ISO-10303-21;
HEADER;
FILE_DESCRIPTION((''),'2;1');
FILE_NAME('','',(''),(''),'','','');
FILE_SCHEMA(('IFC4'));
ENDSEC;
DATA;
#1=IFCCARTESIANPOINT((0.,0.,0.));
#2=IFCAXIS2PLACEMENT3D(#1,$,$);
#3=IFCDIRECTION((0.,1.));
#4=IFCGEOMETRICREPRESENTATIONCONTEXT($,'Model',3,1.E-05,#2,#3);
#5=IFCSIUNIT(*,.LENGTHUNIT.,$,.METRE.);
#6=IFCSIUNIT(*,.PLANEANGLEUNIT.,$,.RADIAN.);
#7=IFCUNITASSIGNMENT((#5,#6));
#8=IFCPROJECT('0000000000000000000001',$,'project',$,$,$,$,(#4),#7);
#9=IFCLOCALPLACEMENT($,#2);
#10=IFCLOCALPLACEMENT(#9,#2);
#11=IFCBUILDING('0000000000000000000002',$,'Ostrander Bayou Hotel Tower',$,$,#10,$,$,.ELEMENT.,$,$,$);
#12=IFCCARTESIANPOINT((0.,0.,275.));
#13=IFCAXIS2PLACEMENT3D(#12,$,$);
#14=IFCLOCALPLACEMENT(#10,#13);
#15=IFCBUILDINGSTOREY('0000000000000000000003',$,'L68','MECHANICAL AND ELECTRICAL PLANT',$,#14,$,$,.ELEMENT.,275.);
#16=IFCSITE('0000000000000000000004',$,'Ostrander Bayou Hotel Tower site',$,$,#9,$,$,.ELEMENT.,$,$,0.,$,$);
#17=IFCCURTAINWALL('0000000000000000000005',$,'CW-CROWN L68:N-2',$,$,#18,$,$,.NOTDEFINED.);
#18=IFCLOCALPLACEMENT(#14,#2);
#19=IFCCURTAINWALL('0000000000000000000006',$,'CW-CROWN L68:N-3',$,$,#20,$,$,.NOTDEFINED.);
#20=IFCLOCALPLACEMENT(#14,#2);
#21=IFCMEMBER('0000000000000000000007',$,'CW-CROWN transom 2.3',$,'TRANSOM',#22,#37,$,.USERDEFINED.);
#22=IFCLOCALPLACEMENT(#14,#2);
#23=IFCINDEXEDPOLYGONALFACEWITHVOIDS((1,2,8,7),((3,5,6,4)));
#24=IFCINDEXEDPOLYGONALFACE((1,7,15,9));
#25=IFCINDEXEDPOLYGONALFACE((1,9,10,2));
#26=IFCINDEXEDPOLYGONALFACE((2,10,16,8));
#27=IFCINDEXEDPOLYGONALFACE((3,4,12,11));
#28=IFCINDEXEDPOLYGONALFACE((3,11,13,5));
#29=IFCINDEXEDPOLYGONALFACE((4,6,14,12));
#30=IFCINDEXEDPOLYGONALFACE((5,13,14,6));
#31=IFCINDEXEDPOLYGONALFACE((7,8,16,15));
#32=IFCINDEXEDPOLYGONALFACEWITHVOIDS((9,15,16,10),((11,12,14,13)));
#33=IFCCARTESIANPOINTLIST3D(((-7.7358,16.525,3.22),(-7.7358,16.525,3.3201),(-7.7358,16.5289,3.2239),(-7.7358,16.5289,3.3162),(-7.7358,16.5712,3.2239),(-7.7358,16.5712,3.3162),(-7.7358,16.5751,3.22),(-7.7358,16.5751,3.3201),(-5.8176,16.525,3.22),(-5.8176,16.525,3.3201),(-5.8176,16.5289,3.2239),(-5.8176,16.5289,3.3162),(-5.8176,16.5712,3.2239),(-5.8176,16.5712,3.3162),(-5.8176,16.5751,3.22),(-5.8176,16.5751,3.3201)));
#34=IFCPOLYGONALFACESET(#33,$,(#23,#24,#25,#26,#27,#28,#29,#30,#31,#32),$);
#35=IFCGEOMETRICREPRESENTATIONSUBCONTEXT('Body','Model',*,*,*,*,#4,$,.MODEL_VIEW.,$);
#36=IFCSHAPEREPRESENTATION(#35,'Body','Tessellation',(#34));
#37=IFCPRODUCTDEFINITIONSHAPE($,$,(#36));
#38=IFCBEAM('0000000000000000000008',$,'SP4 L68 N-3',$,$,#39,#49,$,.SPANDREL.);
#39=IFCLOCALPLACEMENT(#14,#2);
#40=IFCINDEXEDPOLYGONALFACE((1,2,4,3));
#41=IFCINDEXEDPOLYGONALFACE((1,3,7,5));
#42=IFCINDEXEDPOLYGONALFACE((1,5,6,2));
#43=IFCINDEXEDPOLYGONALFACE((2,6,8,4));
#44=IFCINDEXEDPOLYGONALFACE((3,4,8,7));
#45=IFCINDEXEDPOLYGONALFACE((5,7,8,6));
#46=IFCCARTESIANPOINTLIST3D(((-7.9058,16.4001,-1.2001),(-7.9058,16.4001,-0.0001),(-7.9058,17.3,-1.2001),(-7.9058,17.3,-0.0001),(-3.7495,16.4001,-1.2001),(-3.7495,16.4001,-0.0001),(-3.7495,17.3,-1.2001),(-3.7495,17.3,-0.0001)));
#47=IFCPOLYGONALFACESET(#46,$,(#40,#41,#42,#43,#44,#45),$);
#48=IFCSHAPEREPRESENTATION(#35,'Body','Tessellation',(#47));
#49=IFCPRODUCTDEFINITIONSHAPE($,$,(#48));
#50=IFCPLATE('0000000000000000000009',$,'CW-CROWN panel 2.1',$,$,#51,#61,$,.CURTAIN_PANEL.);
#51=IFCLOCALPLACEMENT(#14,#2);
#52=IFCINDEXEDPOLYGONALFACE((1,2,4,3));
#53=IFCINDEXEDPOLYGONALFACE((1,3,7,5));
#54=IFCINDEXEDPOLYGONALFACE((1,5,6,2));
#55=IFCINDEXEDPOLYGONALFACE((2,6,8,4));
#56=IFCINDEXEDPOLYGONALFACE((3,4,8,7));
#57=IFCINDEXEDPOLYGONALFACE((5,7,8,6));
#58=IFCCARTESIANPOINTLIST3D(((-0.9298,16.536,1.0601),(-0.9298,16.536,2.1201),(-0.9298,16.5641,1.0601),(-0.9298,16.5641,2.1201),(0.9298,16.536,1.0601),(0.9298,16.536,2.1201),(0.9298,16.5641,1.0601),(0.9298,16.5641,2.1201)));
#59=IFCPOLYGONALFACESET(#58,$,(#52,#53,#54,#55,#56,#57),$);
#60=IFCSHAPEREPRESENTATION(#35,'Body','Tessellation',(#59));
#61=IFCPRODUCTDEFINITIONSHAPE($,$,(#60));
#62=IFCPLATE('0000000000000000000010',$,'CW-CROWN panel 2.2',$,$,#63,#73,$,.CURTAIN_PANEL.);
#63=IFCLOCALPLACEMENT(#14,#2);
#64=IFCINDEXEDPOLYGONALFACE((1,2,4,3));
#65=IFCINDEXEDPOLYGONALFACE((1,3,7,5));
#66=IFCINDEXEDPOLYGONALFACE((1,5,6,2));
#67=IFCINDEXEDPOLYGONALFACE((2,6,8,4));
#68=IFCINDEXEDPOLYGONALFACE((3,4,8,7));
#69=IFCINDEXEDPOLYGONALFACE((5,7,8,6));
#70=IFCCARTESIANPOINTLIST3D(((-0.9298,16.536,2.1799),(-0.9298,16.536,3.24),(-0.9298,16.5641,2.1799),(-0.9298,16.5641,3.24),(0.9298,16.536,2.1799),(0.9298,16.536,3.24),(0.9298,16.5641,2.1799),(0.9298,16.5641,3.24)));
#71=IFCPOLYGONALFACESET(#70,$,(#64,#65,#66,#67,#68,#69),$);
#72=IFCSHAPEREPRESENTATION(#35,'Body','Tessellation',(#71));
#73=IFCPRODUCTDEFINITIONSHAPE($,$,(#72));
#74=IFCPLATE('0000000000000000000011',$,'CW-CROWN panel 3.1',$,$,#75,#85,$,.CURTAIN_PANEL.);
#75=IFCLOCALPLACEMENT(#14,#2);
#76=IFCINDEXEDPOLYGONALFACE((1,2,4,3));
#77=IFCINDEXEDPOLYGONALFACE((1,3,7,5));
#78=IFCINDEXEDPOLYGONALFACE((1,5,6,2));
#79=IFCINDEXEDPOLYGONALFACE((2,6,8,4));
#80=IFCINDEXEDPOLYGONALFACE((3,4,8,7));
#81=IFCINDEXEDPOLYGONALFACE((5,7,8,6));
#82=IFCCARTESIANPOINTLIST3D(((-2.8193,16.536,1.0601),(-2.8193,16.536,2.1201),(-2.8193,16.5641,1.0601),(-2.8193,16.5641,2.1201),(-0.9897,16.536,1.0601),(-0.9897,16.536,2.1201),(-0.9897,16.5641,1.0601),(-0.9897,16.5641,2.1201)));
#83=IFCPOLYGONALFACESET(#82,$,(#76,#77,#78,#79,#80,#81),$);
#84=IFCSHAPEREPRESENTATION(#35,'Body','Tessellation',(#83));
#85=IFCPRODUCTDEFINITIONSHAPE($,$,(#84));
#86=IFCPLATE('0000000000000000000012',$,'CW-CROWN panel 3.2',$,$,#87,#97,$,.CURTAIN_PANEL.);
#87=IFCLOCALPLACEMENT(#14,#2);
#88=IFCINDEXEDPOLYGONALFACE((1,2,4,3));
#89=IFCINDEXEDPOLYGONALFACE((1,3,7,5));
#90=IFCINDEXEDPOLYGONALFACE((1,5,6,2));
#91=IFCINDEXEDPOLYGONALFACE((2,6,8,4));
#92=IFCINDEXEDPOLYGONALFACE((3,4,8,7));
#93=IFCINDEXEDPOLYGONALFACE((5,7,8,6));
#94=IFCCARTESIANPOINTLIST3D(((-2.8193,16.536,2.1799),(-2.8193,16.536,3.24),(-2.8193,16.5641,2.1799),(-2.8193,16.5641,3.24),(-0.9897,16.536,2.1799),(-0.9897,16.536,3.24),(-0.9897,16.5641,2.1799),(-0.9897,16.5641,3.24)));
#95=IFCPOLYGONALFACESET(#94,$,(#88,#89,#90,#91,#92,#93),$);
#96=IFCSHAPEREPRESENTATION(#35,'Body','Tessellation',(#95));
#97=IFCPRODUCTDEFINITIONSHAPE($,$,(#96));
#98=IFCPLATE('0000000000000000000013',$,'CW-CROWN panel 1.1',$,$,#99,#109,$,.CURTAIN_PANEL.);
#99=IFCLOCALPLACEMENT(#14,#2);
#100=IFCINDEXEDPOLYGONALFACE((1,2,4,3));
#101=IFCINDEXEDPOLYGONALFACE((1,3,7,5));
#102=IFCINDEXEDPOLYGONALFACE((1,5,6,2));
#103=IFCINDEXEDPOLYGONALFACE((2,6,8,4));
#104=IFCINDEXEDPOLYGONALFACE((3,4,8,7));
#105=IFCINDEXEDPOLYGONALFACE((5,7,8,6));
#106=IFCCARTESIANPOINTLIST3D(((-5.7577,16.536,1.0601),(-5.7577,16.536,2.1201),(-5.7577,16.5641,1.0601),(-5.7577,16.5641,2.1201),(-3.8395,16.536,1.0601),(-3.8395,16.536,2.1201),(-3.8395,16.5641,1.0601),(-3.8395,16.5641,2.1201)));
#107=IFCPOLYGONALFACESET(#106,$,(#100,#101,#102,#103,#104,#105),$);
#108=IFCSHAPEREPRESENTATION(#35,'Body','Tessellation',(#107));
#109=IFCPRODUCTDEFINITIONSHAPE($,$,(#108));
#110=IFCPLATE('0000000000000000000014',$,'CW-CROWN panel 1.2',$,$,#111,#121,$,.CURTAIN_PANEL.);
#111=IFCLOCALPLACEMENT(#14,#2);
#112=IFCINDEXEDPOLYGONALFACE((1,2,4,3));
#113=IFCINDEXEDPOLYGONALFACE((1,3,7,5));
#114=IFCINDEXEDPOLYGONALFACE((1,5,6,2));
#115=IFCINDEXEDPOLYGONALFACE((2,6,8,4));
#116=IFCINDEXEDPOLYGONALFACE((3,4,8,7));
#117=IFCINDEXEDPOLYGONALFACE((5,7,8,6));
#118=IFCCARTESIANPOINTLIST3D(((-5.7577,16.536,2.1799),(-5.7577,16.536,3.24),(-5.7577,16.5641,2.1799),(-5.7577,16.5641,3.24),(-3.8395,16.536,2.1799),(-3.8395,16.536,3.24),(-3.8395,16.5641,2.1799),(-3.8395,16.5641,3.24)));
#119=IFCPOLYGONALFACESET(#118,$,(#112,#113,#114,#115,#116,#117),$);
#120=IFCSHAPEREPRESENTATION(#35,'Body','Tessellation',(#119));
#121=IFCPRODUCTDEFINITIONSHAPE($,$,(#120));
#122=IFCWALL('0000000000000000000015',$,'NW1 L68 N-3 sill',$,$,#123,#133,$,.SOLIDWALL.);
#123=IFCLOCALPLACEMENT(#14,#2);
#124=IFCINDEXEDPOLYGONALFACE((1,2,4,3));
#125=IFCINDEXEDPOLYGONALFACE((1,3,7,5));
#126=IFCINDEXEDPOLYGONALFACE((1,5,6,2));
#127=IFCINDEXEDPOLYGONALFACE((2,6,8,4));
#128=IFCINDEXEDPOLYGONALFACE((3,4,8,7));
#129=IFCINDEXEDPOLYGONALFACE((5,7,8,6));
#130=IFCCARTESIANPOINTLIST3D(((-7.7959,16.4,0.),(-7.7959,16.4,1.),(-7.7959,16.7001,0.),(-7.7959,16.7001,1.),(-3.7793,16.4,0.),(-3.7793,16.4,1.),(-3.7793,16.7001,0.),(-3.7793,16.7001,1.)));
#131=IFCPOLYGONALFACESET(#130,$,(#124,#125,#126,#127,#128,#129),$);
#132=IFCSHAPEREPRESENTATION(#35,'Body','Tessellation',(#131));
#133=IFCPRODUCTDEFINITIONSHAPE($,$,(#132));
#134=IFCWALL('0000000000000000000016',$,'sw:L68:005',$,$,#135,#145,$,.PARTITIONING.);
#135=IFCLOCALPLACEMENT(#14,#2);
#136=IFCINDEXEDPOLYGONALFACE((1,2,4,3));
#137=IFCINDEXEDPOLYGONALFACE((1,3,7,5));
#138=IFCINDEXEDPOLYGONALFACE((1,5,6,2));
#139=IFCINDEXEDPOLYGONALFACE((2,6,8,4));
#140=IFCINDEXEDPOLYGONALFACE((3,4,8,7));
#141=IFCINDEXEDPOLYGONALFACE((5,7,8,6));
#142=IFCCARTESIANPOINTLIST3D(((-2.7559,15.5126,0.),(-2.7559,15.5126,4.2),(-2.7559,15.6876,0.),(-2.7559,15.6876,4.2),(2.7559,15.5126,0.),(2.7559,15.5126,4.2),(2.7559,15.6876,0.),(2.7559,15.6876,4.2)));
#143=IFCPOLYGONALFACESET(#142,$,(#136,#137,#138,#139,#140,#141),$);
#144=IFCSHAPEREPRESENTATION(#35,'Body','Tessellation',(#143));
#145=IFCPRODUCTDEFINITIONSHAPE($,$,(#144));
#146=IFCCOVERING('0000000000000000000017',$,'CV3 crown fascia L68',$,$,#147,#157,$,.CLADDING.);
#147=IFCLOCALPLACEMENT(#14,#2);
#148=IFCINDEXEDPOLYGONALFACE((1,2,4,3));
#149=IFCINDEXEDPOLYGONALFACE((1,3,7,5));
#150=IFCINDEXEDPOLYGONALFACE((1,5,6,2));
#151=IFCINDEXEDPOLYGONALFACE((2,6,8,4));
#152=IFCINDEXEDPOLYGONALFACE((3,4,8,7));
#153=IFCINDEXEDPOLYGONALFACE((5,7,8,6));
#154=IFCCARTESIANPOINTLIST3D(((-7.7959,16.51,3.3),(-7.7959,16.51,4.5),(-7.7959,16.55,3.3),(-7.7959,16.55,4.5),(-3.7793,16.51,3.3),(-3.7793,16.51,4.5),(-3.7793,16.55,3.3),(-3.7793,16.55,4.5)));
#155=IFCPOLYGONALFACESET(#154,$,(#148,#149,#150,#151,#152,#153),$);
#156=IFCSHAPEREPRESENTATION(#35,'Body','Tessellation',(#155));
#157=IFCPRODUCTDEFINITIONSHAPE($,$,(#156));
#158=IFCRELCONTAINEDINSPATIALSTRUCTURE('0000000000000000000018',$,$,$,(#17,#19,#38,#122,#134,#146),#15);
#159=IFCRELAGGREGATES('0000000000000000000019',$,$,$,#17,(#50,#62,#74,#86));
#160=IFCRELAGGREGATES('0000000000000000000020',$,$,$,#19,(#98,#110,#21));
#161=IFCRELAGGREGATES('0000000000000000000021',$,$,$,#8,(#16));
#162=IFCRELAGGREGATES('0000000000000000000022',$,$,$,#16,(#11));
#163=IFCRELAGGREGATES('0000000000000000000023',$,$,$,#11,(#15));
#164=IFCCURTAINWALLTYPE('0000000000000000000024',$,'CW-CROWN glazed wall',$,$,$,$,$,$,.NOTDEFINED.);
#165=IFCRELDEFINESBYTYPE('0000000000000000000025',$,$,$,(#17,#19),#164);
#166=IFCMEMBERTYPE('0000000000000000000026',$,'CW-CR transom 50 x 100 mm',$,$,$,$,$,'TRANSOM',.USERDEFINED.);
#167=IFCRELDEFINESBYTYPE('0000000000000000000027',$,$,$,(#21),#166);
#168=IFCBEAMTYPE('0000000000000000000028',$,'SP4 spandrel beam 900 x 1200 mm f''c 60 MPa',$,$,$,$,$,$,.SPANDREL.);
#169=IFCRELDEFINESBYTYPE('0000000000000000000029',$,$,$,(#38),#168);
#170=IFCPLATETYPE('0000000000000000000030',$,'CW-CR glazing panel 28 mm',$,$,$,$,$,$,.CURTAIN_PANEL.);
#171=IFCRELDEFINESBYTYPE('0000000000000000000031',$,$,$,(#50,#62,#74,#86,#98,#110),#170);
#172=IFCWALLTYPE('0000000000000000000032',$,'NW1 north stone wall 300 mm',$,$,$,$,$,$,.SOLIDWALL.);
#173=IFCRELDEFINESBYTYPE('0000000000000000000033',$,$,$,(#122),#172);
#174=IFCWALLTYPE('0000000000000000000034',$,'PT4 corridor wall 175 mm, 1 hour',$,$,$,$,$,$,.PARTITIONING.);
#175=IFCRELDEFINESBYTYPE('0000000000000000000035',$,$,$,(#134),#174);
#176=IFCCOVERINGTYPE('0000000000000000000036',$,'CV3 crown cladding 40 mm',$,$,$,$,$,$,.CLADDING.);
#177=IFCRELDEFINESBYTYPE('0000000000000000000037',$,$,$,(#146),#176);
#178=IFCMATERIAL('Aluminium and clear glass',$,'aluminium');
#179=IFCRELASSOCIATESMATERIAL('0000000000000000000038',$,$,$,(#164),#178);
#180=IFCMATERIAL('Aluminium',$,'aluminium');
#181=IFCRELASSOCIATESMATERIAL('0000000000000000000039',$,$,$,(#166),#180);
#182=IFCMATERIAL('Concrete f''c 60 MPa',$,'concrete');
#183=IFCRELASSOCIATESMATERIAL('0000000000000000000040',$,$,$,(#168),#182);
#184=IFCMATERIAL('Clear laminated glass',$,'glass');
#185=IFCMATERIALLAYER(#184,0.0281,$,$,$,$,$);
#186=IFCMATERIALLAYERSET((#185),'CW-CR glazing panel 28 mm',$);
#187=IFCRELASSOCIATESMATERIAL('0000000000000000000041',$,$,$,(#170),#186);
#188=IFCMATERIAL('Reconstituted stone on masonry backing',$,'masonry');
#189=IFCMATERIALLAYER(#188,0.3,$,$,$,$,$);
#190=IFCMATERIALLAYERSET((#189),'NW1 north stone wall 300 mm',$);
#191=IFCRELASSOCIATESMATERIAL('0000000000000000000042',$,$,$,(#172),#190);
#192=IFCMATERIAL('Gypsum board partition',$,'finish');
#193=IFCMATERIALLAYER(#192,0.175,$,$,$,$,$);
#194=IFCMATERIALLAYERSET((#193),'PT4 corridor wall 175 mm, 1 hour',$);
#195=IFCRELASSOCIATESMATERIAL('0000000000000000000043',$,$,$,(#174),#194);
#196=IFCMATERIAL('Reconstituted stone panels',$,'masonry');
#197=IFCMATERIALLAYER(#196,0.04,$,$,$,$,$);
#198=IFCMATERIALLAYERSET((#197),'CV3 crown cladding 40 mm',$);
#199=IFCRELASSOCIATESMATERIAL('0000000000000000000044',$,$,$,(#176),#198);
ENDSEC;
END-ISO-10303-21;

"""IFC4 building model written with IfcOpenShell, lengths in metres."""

from ifc_helpers import new_model, si_unit, direction, frame, frame_2d, origin, origin_2d, place, context, subcontext, project, spatial, polyline, rectangle, hollow_rectangle, outline, extrude, material, layer, layer_set, material_profile, profile_set, type_object, element, aggregate, save


model = new_model("IFC4")

# Units and contexts
model_context = context("Model", 3, precision=1e-05, world=origin(), true_north=direction((0.0, 1.0)))
body_context = subcontext(model_context, "Body", "Model", "MODEL_VIEW")
ifc_project = project(units=[si_unit("LENGTHUNIT", "METRE"), si_unit("PLANEANGLEUNIT", "RADIAN")], contexts=[model_context])

# Site, building, storey
site_placement = place(None, origin())
site = spatial("IfcSite", under=ifc_project, at=site_placement, Name="Ostrander Bayou Hotel Tower site", CompositionType="ELEMENT", RefElevation=0.0)
building_placement = place(site_placement, origin())
building = spatial("IfcBuilding", under=site, at=building_placement, Name="Ostrander Bayou Hotel Tower", CompositionType="ELEMENT")
storey_placement = place(building_placement, frame((0.0, 0.0, 275.0)))
storey = spatial("IfcBuildingStorey", under=building, at=storey_placement, Name="L68", Description="MECHANICAL AND ELECTRICAL PLANT", CompositionType="ELEMENT", Elevation=275.0)

# Curtain walls
ifc_material_1 = material(Name="Aluminium and clear glass", Category="aluminium")
curtain_wall_type = type_object("IfcCurtainWallType", Name="CW-CROWN glazed wall", PredefinedType="NOTDEFINED", material=ifc_material_1)
curtain_wall_1_placement = place(storey_placement, origin())
curtain_wall_1 = element("IfcCurtainWall", 1, at=curtain_wall_1_placement, inside=storey, type_object=curtain_wall_type, Name="CW-CROWN L68:N-2", PredefinedType="NOTDEFINED")
curtain_wall_2_placement = place(storey_placement, origin())
curtain_wall_2 = element("IfcCurtainWall", 2, at=curtain_wall_2_placement, inside=storey, type_object=curtain_wall_type, Name="CW-CROWN L68:N-3", PredefinedType="NOTDEFINED")

# Member
ifc_material_2 = material(Name="Aluminium", Category="aluminium")
ifc_material_profile_1 = material_profile(ifc_material_2, hollow_rectangle(XDim=0.05, YDim=0.1001, WallThickness=0.0039, at=origin_2d()))
ifc_profile_set_1 = profile_set([ifc_material_profile_1], Name="Aluminium")
member_type_1 = type_object("IfcMemberType", Name="CW-CR transom 50 x 100 mm", ElementType="TRANSOM", PredefinedType="USERDEFINED", material=ifc_profile_set_1)
member_1_placement = place(storey_placement, frame((-5.8176, 16.55, 3.27), z_axis=(-1.0, 0.0, 0.0), x_axis=(0.0, -1.0, 0.0)))
member_1 = element("IfcMember", 3, at=member_1_placement, type_object=member_type_1, Name="CW-CROWN transom 2.3", ObjectType="TRANSOM", PredefinedType="USERDEFINED", context=body_context, shape_type="SweptSolid", body=[
    extrude(hollow_rectangle(XDim=0.05, YDim=0.1001, WallThickness=0.0039, at=origin_2d()), origin(), (0.0, 0.0, 1.0), 1.9182),
])

# Beam
ifc_material_3 = material(Name="Concrete f'c 60 MPa", Category="concrete")
ifc_material_profile_2 = material_profile(ifc_material_3, rectangle(XDim=0.8999, YDim=1.2, at=origin_2d()))
ifc_profile_set_2 = profile_set([ifc_material_profile_2], Name="Concrete f'c 60 MPa")
beam_type = type_object("IfcBeamType", Name="SP4 spandrel beam 900 x 1200 mm f'c 60 MPa", PredefinedType="SPANDREL", material=ifc_profile_set_2)
beam_placement = place(storey_placement, frame((-3.7495, 16.8501, -0.6001), z_axis=(-1.0, 0.0, 0.0), x_axis=(0.0, -1.0, 0.0)))
element("IfcBeam", 4, at=beam_placement, inside=storey, type_object=beam_type, Name="SP4 L68 N-3", PredefinedType="SPANDREL", context=body_context, shape_type="SweptSolid", body=[
    extrude(rectangle(XDim=0.8999, YDim=1.2, at=origin_2d()), origin(), (0.0, 0.0, 1.0), 4.1562),
])

# Plates
ifc_material_4 = material(Name="Clear laminated glass", Category="glass")
ifc_layer_1 = layer(ifc_material_4, 0.0281)
ifc_layer_set_1 = layer_set([ifc_layer_1], Name="CW-CR glazing panel 28 mm")
plate_type = type_object("IfcPlateType", Name="CW-CR glazing panel 28 mm", PredefinedType="CURTAIN_PANEL", material=ifc_layer_set_1)
plate_1_placement = place(storey_placement, frame((0.0, 16.55, 1.0601), z_axis=(0.0, 0.0, 1.0), x_axis=(-1.0, 0.0, 0.0)))
plate_1 = element("IfcPlate", 5, at=plate_1_placement, type_object=plate_type, Name="CW-CROWN panel 2.1", PredefinedType="CURTAIN_PANEL", context=body_context, shape_type="SweptSolid", body=[
    extrude(rectangle(XDim=1.8596, YDim=0.0281, at=origin_2d()), origin(), (0.0, 0.0, 1.0), 1.0601),
])
plate_2_placement = place(storey_placement, frame((0.0, 16.55, 2.1799), z_axis=(0.0, 0.0, 1.0), x_axis=(-1.0, 0.0, 0.0)))
plate_2 = element("IfcPlate", 6, at=plate_2_placement, type_object=plate_type, Name="CW-CROWN panel 2.2", PredefinedType="CURTAIN_PANEL", context=body_context, shape_type="SweptSolid", body=[
    extrude(rectangle(XDim=1.8596, YDim=0.0281, at=origin_2d()), origin(), (0.0, 0.0, 1.0), 1.0601),
])
plate_3_placement = place(storey_placement, frame((-1.9045, 16.55, 1.0601), z_axis=(0.0, 0.0, 1.0), x_axis=(-1.0, 0.0, 0.0)))
plate_3 = element("IfcPlate", 7, at=plate_3_placement, type_object=plate_type, Name="CW-CROWN panel 3.1", PredefinedType="CURTAIN_PANEL", context=body_context, shape_type="SweptSolid", body=[
    extrude(rectangle(XDim=1.8296, YDim=0.0281, at=origin_2d()), origin(), (0.0, 0.0, 1.0), 1.0601),
])
plate_4_placement = place(storey_placement, frame((-1.9045, 16.55, 2.1799), z_axis=(0.0, 0.0, 1.0), x_axis=(-1.0, 0.0, 0.0)))
plate_4 = element("IfcPlate", 8, at=plate_4_placement, type_object=plate_type, Name="CW-CROWN panel 3.2", PredefinedType="CURTAIN_PANEL", context=body_context, shape_type="SweptSolid", body=[
    extrude(rectangle(XDim=1.8296, YDim=0.0281, at=origin_2d()), origin(), (0.0, 0.0, 1.0), 1.0601),
])
aggregate(curtain_wall_1, [plate_1, plate_2, plate_3, plate_4])
plate_5_placement = place(storey_placement, frame((-4.7986, 16.55, 1.0601), z_axis=(0.0, 0.0, 1.0), x_axis=(-1.0, 0.0, 0.0)))
plate_5 = element("IfcPlate", 9, at=plate_5_placement, type_object=plate_type, Name="CW-CROWN panel 1.1", PredefinedType="CURTAIN_PANEL", context=body_context, shape_type="SweptSolid", body=[
    extrude(rectangle(XDim=1.9182, YDim=0.0281, at=origin_2d()), origin(), (0.0, 0.0, 1.0), 1.0601),
])
plate_6_placement = place(storey_placement, frame((-4.7986, 16.55, 2.1799), z_axis=(0.0, 0.0, 1.0), x_axis=(-1.0, 0.0, 0.0)))
plate_6 = element("IfcPlate", 10, at=plate_6_placement, type_object=plate_type, Name="CW-CROWN panel 1.2", PredefinedType="CURTAIN_PANEL", context=body_context, shape_type="SweptSolid", body=[
    extrude(rectangle(XDim=1.9182, YDim=0.0281, at=origin_2d()), origin(), (0.0, 0.0, 1.0), 1.0601),
])
aggregate(curtain_wall_2, [plate_5, plate_6, member_1])

# Walls
ifc_material_5 = material(Name="Reconstituted stone on masonry backing", Category="masonry")
ifc_layer_2 = layer(ifc_material_5, 0.3)
ifc_layer_set_2 = layer_set([ifc_layer_2], Name="NW1 north stone wall 300 mm")
wall_type_1 = type_object("IfcWallType", Name="NW1 north stone wall 300 mm", PredefinedType="SOLIDWALL", material=ifc_layer_set_2)
wall_1_placement = place(storey_placement, frame((-3.7793, 16.55, 0.0), z_axis=(0.0, 0.0, 1.0), x_axis=(-1.0, 0.0, 0.0)))
element("IfcWall", 11, at=wall_1_placement, inside=storey, type_object=wall_type_1, Name="NW1 L68 N-3 sill", PredefinedType="SOLIDWALL", context=body_context, shape_type="SweptSolid", body=[
    extrude(rectangle(XDim=4.0166, YDim=0.3, at=frame_2d((2.0083, 0.0))), origin(), (0.0, 0.0, 1.0), 1.0),
])
ifc_material_6 = material(Name="Gypsum board partition", Category="finish")
ifc_layer_3 = layer(ifc_material_6, 0.175)
ifc_layer_set_3 = layer_set([ifc_layer_3], Name="PT4 corridor wall 175 mm, 1 hour")
wall_type_2 = type_object("IfcWallType", Name="PT4 corridor wall 175 mm, 1 hour", PredefinedType="PARTITIONING", material=ifc_layer_set_3)
wall_2_placement = place(storey_placement, frame((-2.7559, 15.6001, 0.0), z_axis=(0.0, 0.0, 1.0), x_axis=(1.0, 0.0, 0.0)))
element("IfcWall", 12, at=wall_2_placement, inside=storey, type_object=wall_type_2, Name="sw:L68:005", PredefinedType="PARTITIONING", context=body_context, shape_type="SweptSolid", body=[
    extrude(rectangle(XDim=5.5117, YDim=0.175, at=frame_2d((2.7559, 0.0))), origin(), (0.0, 0.0, 1.0), 4.2),
])

# Covering
ifc_material_7 = material(Name="Reconstituted stone panels", Category="masonry")
ifc_layer_4 = layer(ifc_material_7, 0.04)
ifc_layer_set_4 = layer_set([ifc_layer_4], Name="CV3 crown cladding 40 mm")
covering_type = type_object("IfcCoveringType", Name="CV3 crown cladding 40 mm", PredefinedType="CLADDING", material=ifc_layer_set_4)
covering_placement = place(storey_placement, frame((-3.7793, 16.55, 3.3), z_axis=(0.0, 1.0, 0.0), x_axis=(-1.0, 0.0, 0.0)))
element("IfcCovering", 13, at=covering_placement, inside=storey, type_object=covering_type, Name="CV3 crown fascia L68", PredefinedType="CLADDING", context=body_context, shape_type="SweptSolid", body=[
    extrude(outline(polyline([(0.0, 0.0), (4.0166, 0.0), (4.0166, 1.2), (0.0, 1.2), (0.0, 0.0)])), origin(), (0.0, 0.0, -1.0), 0.04),
])

save(model, "model.ifc")
